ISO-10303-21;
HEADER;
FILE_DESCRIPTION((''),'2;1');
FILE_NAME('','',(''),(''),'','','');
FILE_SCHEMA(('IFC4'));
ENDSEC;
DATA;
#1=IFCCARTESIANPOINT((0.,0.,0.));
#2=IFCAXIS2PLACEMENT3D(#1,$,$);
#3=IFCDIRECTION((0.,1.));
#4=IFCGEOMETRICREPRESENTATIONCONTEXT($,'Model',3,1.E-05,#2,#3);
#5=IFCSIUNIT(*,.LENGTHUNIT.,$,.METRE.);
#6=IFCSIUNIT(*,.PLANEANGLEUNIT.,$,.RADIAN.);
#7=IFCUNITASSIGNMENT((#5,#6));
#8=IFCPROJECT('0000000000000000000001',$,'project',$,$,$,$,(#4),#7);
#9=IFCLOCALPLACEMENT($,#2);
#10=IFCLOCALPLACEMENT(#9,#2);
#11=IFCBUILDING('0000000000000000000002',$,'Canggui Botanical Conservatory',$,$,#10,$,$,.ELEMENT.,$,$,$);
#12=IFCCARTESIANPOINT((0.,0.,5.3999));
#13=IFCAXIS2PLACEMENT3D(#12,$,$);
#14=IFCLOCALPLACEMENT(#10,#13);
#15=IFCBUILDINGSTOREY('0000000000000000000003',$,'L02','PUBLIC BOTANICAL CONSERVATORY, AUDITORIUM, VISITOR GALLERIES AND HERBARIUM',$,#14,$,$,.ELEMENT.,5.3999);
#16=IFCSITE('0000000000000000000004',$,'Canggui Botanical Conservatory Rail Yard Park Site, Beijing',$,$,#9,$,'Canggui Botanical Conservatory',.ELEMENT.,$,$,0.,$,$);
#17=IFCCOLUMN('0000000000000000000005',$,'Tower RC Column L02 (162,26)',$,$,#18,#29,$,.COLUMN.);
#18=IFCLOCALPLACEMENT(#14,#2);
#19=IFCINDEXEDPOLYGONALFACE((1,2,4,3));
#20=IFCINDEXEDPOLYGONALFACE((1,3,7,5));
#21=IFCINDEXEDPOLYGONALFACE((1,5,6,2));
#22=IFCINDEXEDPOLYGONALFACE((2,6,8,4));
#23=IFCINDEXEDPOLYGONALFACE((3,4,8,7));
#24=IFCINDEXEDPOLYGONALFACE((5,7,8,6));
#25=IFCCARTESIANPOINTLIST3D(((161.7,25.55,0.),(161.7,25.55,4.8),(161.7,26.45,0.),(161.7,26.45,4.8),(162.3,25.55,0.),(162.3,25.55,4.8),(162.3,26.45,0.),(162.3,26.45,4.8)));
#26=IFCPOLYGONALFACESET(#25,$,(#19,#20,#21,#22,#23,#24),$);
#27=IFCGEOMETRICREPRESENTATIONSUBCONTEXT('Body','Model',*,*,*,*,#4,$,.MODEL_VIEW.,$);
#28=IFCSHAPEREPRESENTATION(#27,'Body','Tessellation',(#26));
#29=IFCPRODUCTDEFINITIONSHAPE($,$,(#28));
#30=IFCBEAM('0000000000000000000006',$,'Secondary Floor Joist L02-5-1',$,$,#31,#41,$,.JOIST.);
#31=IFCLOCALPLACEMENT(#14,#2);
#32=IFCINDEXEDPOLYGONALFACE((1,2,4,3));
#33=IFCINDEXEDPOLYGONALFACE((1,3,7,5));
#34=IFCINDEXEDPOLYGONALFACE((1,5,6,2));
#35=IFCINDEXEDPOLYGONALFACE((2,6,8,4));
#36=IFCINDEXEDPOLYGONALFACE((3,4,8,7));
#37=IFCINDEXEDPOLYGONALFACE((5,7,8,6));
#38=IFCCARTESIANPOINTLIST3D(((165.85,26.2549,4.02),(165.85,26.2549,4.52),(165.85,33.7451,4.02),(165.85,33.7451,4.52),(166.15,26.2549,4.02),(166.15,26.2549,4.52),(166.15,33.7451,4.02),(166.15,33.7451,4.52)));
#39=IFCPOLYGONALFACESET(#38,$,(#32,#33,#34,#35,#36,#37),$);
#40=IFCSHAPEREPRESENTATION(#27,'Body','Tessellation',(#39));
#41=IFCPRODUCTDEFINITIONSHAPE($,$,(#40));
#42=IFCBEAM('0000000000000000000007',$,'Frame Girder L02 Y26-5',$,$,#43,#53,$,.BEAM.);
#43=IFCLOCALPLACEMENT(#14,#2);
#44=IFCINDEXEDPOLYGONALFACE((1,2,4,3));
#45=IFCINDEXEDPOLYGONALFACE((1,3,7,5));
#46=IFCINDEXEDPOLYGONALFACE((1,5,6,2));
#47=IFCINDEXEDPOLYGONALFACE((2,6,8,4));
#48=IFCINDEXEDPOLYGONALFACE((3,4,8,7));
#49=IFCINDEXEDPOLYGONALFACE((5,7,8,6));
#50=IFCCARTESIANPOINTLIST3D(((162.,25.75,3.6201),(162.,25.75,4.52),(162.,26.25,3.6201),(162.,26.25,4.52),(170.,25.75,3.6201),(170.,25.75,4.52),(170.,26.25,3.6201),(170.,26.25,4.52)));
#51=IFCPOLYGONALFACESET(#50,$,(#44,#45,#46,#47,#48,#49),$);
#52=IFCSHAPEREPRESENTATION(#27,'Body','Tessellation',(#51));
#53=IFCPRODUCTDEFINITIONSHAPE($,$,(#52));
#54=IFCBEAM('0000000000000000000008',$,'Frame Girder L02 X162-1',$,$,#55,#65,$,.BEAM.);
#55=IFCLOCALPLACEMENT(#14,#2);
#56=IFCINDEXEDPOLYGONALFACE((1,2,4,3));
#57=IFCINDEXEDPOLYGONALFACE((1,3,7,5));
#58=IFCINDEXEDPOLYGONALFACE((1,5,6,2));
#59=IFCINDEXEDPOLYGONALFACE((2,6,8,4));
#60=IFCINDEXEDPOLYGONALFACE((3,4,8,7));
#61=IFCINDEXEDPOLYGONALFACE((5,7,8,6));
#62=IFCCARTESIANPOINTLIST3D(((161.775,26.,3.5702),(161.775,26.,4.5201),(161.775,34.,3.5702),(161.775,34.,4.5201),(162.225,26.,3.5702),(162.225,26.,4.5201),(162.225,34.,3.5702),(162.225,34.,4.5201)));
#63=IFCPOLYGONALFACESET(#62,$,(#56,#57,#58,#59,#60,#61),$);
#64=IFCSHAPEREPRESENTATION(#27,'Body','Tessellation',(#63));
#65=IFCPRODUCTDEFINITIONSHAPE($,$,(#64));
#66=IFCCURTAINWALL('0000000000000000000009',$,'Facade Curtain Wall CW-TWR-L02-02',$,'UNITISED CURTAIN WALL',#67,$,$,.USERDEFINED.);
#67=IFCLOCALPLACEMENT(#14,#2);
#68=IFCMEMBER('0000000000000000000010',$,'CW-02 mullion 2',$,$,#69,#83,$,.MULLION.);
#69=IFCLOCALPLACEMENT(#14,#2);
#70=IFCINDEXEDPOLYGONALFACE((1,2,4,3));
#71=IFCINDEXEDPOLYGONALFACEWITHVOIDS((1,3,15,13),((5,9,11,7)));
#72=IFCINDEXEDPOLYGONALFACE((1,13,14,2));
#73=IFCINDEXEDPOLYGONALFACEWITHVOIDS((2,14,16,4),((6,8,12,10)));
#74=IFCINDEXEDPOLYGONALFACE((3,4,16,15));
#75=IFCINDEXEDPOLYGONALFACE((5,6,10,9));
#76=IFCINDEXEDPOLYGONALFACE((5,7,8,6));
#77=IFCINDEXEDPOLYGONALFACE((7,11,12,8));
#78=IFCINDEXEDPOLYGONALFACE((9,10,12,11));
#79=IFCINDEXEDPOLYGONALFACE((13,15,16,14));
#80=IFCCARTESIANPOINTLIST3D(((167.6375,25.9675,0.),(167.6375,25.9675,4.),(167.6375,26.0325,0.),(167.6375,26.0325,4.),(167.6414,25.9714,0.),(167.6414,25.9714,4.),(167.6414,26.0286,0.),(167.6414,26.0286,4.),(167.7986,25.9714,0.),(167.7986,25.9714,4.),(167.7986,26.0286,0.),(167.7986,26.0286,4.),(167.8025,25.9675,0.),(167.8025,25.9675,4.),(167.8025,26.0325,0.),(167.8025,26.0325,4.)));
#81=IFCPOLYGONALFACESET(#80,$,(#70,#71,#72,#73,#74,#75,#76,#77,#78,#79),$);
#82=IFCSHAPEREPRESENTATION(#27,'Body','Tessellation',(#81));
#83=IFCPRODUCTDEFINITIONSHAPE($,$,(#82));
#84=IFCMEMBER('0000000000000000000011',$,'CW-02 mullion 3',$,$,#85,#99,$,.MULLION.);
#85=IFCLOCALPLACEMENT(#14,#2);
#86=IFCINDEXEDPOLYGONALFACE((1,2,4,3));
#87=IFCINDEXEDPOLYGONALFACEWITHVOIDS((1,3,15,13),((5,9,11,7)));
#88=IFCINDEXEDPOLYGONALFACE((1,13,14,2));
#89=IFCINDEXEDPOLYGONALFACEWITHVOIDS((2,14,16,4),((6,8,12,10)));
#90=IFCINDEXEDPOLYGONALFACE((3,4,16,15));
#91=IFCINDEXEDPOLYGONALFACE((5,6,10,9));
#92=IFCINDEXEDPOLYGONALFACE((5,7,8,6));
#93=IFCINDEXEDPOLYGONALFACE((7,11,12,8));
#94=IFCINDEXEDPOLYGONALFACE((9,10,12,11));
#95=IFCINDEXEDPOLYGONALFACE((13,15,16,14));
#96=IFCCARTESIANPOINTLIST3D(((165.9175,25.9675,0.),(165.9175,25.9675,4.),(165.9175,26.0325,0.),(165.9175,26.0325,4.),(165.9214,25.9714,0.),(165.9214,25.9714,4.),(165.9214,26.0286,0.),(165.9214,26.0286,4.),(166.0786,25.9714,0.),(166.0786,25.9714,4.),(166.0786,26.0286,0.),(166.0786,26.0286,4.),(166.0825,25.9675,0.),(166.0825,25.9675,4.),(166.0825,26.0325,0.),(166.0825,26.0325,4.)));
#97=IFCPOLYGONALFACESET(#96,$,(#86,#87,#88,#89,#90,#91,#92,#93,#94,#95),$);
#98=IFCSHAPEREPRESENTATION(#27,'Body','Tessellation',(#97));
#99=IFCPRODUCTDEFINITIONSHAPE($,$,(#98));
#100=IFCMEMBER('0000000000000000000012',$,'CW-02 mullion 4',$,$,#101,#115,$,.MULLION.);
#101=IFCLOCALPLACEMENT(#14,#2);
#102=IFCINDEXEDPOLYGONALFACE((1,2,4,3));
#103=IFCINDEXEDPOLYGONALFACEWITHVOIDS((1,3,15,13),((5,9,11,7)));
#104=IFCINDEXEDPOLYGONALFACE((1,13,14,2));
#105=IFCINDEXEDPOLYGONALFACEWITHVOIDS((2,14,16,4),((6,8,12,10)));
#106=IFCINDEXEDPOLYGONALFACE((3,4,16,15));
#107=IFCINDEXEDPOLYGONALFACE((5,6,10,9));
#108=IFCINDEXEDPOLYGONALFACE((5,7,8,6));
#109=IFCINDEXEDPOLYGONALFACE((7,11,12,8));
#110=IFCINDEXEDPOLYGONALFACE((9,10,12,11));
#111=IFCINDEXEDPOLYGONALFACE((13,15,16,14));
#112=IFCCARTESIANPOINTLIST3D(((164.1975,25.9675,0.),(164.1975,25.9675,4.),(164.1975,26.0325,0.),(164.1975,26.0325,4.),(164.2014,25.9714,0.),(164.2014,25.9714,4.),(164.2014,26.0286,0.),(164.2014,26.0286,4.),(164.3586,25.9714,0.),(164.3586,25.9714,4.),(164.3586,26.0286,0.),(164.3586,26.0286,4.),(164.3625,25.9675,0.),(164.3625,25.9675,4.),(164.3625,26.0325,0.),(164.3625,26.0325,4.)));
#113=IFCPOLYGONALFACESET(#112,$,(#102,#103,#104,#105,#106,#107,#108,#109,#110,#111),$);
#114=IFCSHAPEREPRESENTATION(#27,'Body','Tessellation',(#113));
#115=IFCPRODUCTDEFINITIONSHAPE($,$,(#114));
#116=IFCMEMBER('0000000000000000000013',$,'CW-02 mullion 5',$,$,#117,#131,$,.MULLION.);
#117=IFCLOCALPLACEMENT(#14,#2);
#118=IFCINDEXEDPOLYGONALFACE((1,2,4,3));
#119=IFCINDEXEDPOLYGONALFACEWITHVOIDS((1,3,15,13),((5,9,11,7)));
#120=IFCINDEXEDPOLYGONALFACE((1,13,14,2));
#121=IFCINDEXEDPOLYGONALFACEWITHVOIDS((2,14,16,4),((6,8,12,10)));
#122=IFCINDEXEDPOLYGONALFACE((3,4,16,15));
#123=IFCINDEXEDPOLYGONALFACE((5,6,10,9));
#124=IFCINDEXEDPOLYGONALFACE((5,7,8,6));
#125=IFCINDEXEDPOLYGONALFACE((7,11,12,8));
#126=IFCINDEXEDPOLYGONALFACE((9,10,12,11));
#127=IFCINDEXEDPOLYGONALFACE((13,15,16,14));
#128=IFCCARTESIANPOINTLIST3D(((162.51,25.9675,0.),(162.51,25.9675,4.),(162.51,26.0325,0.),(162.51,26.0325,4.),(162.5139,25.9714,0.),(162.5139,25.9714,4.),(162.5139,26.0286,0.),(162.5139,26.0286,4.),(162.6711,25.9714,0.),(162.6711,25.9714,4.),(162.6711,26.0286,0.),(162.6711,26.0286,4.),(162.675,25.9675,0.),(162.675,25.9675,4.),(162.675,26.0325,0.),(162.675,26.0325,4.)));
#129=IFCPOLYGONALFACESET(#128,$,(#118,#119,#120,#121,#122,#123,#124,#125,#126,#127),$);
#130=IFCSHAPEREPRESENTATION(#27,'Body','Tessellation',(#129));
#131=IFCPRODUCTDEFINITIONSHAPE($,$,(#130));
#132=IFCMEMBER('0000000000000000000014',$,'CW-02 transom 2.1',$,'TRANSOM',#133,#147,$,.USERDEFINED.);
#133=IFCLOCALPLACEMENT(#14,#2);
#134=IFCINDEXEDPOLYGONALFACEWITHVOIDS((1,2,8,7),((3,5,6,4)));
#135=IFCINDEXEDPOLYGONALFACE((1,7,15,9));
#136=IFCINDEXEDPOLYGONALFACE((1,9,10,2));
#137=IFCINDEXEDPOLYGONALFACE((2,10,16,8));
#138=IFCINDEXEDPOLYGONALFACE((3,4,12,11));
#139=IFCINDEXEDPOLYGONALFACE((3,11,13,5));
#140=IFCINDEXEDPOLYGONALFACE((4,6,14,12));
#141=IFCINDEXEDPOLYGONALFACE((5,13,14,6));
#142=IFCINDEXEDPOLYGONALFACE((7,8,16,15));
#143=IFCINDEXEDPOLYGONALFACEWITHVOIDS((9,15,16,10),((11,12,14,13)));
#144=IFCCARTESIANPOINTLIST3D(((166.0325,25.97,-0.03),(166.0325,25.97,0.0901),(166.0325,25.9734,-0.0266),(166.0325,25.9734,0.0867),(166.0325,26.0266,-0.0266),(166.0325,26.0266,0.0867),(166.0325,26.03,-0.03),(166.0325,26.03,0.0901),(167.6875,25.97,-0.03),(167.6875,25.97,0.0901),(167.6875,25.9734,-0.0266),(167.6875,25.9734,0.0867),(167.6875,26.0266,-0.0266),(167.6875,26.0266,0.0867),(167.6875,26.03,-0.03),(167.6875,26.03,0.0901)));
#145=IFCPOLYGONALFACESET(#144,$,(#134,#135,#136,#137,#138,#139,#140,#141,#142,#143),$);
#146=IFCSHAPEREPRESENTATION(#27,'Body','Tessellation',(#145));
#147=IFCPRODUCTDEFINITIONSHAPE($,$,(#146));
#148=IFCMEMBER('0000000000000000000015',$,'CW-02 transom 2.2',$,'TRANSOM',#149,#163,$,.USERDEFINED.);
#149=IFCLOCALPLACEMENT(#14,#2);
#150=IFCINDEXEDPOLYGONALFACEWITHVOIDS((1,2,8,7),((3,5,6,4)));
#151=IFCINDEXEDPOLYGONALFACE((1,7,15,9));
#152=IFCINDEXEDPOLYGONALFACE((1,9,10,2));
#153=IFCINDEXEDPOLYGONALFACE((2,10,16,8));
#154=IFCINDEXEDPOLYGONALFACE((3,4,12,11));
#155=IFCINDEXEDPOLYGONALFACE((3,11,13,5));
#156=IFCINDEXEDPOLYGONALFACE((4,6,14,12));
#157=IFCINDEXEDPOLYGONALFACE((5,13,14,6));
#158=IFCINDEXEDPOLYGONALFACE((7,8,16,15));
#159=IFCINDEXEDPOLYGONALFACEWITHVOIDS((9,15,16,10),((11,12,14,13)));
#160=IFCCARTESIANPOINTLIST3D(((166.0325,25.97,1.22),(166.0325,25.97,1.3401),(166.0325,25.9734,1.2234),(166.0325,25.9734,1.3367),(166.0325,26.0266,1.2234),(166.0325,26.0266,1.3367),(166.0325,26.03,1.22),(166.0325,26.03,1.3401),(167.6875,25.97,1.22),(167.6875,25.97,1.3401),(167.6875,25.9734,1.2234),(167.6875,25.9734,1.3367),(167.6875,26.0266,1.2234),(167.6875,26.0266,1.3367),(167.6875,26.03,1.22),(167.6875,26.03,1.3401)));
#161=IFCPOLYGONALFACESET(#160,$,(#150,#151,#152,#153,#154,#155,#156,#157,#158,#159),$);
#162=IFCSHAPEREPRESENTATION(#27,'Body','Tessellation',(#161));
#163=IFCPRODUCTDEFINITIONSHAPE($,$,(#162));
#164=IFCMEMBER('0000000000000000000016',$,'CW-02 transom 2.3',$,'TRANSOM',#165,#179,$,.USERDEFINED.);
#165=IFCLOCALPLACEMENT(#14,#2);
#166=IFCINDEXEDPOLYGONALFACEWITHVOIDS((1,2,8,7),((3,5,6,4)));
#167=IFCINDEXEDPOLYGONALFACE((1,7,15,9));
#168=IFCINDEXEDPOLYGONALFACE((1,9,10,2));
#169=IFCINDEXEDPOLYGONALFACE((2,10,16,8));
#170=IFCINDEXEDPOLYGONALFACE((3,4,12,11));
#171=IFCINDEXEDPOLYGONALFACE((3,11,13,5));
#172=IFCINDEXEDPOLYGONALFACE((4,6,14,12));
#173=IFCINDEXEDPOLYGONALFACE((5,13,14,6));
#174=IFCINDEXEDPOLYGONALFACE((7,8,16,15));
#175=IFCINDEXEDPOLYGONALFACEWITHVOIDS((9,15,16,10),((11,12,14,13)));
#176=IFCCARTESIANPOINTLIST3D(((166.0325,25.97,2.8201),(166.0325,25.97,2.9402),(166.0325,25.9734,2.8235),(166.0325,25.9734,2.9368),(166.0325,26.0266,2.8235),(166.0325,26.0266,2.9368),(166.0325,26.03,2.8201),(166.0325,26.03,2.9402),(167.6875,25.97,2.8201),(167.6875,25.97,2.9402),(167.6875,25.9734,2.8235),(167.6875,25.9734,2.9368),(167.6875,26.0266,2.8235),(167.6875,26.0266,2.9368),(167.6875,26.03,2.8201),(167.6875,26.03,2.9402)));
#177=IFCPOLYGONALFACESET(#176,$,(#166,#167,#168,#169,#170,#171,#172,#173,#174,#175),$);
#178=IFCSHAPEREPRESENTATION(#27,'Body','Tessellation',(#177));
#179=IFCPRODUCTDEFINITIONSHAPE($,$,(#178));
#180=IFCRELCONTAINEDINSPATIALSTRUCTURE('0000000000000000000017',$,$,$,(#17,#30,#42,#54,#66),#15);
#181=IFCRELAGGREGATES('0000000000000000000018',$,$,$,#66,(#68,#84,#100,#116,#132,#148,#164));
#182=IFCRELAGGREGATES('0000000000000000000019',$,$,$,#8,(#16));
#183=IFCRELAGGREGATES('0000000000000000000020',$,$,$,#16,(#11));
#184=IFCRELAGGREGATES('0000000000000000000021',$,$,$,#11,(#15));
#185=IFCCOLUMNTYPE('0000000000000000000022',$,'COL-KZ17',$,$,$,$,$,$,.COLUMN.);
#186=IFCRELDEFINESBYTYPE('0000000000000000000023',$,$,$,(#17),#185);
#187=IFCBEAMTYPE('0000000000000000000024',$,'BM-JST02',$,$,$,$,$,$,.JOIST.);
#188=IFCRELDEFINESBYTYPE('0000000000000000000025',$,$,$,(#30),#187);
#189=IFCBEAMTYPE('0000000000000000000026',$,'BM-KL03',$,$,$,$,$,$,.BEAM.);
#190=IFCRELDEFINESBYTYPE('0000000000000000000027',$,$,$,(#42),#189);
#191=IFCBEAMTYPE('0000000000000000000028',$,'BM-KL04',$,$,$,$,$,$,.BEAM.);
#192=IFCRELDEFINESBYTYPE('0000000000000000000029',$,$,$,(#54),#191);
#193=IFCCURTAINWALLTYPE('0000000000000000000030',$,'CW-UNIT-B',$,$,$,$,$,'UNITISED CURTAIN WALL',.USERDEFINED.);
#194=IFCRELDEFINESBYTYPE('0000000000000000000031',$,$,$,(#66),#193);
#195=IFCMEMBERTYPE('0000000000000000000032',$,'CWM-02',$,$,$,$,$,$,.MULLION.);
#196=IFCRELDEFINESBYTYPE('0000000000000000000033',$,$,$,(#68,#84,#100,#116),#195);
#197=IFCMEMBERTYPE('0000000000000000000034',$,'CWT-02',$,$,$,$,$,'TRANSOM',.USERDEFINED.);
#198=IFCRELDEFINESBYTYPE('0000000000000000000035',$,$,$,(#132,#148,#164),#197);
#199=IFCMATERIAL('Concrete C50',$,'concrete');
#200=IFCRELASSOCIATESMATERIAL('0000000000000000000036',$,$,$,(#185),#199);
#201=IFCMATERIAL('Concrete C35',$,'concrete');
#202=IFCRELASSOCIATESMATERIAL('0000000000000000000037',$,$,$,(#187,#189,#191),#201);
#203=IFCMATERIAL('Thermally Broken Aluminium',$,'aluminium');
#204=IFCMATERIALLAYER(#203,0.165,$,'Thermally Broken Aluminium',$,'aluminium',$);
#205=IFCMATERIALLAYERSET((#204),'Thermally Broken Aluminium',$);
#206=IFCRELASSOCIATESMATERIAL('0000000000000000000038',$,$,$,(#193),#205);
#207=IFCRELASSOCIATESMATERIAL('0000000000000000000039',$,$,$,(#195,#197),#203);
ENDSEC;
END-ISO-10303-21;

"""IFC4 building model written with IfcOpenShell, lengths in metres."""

from ifc_helpers import new_model, si_unit, direction, frame, origin, origin_2d, place, context, subcontext, project, spatial, rectangle, hollow_rectangle, extrude, material, layer, layer_set, material_profile, profile_set, type_object, element, aggregate, save


model = new_model("IFC4")

# Units and contexts
model_context = context("Model", 3, precision=1e-05, world=origin(), true_north=direction((0.0, 1.0)))
body_context = subcontext(model_context, "Body", "Model", "MODEL_VIEW")
ifc_project = project(units=[si_unit("LENGTHUNIT", "METRE"), si_unit("PLANEANGLEUNIT", "RADIAN")], contexts=[model_context])

# Site, building, storey
site_placement = place(None, origin())
site = spatial("IfcSite", under=ifc_project, at=site_placement, Name="Canggui Botanical Conservatory Rail Yard Park Site, Beijing", LongName="Canggui Botanical Conservatory", CompositionType="ELEMENT", RefElevation=0.0)
building_placement = place(site_placement, origin())
building = spatial("IfcBuilding", under=site, at=building_placement, Name="Canggui Botanical Conservatory", CompositionType="ELEMENT")
storey_placement = place(building_placement, frame((0.0, 0.0, 5.3999)))
storey = spatial("IfcBuildingStorey", under=building, at=storey_placement, Name="L02", Description="PUBLIC BOTANICAL CONSERVATORY, AUDITORIUM, VISITOR GALLERIES AND HERBARIUM", CompositionType="ELEMENT", Elevation=5.3999)

# Column
ifc_material_1 = material(Name="Concrete C50", Category="concrete")
ifc_material_profile_1 = material_profile(ifc_material_1, rectangle(XDim=0.6001, YDim=0.8999, at=origin_2d()), Name="RC 600x900")
ifc_profile_set_1 = profile_set([ifc_material_profile_1], Name="Concrete C50")
column_type = type_object("IfcColumnType", Name="COL-KZ17", PredefinedType="COLUMN", material=ifc_profile_set_1)
column_placement = place(storey_placement, frame((162.0, 26.0, 0.0), z_axis=(0.0, 0.0, 1.0), x_axis=(1.0, 0.0, 0.0)))
element("IfcColumn", 1, at=column_placement, inside=storey, type_object=column_type, Name="Tower RC Column L02 (162,26)", PredefinedType="COLUMN", context=body_context, shape_type="SweptSolid", body=[
    extrude(rectangle(XDim=0.6001, YDim=0.8999, at=origin_2d()), origin(), (0.0, 0.0, 1.0), 4.8),
])

# Beams
ifc_material_2 = material(Name="Concrete C35", Category="concrete")
ifc_material_profile_2 = material_profile(ifc_material_2, rectangle(XDim=0.3, YDim=0.5, at=origin_2d()), Name="RB 300x500")
ifc_profile_set_2 = profile_set([ifc_material_profile_2], Name="Concrete C35")
beam_type_1 = type_object("IfcBeamType", Name="BM-JST02", PredefinedType="JOIST", material=ifc_profile_set_2)
beam_1_placement = place(storey_placement, frame((166.0, 26.2549, 4.27), z_axis=(0.0, 1.0, 0.0), x_axis=(-1.0, 0.0, 0.0)))
element("IfcBeam", 2, at=beam_1_placement, inside=storey, type_object=beam_type_1, Name="Secondary Floor Joist L02-5-1", PredefinedType="JOIST", context=body_context, shape_type="SweptSolid", body=[
    extrude(rectangle(XDim=0.3, YDim=0.5, at=origin_2d()), origin(), (0.0, 0.0, 1.0), 7.4902),
])
ifc_material_profile_3 = material_profile(ifc_material_2, rectangle(XDim=0.5, YDim=0.8999, at=origin_2d()), Name="RB 500x900")
ifc_profile_set_3 = profile_set([ifc_material_profile_3], Name="Concrete C35")
beam_type_2 = type_object("IfcBeamType", Name="BM-KL03", PredefinedType="BEAM", material=ifc_profile_set_3)
beam_2_placement = place(storey_placement, frame((162.0, 26.0, 4.0701), z_axis=(1.0, 0.0, 0.0), x_axis=(0.0, 1.0, 0.0)))
element("IfcBeam", 3, at=beam_2_placement, inside=storey, type_object=beam_type_2, Name="Frame Girder L02 Y26-5", PredefinedType="BEAM", context=body_context, shape_type="SweptSolid", body=[
    extrude(rectangle(XDim=0.5, YDim=0.8999, at=origin_2d()), origin(), (0.0, 0.0, 1.0), 8.0),
])
ifc_material_profile_4 = material_profile(ifc_material_2, rectangle(XDim=0.45, YDim=0.95, at=origin_2d()), Name="RB 450x950")
ifc_profile_set_4 = profile_set([ifc_material_profile_4], Name="Concrete C35")
beam_type_3 = type_object("IfcBeamType", Name="BM-KL04", PredefinedType="BEAM", material=ifc_profile_set_4)
beam_3_placement = place(storey_placement, frame((162.0, 26.0, 4.0452), z_axis=(0.0, 1.0, 0.0), x_axis=(-1.0, 0.0, 0.0)))
element("IfcBeam", 4, at=beam_3_placement, inside=storey, type_object=beam_type_3, Name="Frame Girder L02 X162-1", PredefinedType="BEAM", context=body_context, shape_type="SweptSolid", body=[
    extrude(rectangle(XDim=0.45, YDim=0.95, at=origin_2d()), origin(), (0.0, 0.0, 1.0), 8.0),
])

# Curtain wall, members
ifc_material_3 = material(Name="Thermally Broken Aluminium", Category="aluminium")
ifc_layer_1 = layer(ifc_material_3, 0.165, Name="Thermally Broken Aluminium", Category="aluminium")
ifc_layer_set_1 = layer_set([ifc_layer_1], Name="Thermally Broken Aluminium")
curtain_wall_type = type_object("IfcCurtainWallType", Name="CW-UNIT-B", ElementType="UNITISED CURTAIN WALL", PredefinedType="USERDEFINED", material=ifc_layer_set_1)
curtain_wall_placement = place(storey_placement, origin())
curtain_wall = element("IfcCurtainWall", 5, at=curtain_wall_placement, inside=storey, type_object=curtain_wall_type, Name="Facade Curtain Wall CW-TWR-L02-02", ObjectType="UNITISED CURTAIN WALL", PredefinedType="USERDEFINED")
ifc_material_profile_5 = material_profile(ifc_material_3, hollow_rectangle(XDim=0.0649, YDim=0.165, WallThickness=0.0039, at=origin_2d()), Name="CWM 65x165x4")
ifc_profile_set_5 = profile_set([ifc_material_profile_5], Name="Thermally Broken Aluminium")
member_type_1 = type_object("IfcMemberType", Name="CWM-02", PredefinedType="MULLION", material=ifc_profile_set_5)
member_1_placement = place(storey_placement, frame((167.72, 26.0, 0.0), z_axis=(0.0, 0.0, 1.0), x_axis=(0.0, -1.0, 0.0)))
member_1 = element("IfcMember", 6, at=member_1_placement, type_object=member_type_1, Name="CW-02 mullion 2", PredefinedType="MULLION", context=body_context, shape_type="SweptSolid", body=[
    extrude(hollow_rectangle(XDim=0.0649, YDim=0.165, WallThickness=0.0039, at=origin_2d()), origin(), (0.0, 0.0, 1.0), 4.0),
])
member_2_placement = place(storey_placement, frame((166.0, 26.0, 0.0), z_axis=(0.0, 0.0, 1.0), x_axis=(0.0, -1.0, 0.0)))
member_2 = element("IfcMember", 7, at=member_2_placement, type_object=member_type_1, Name="CW-02 mullion 3", PredefinedType="MULLION", context=body_context, shape_type="SweptSolid", body=[
    extrude(hollow_rectangle(XDim=0.0649, YDim=0.165, WallThickness=0.0039, at=origin_2d()), origin(), (0.0, 0.0, 1.0), 4.0),
])
member_3_placement = place(storey_placement, frame((164.28, 26.0, 0.0), z_axis=(0.0, 0.0, 1.0), x_axis=(0.0, -1.0, 0.0)))
member_3 = element("IfcMember", 8, at=member_3_placement, type_object=member_type_1, Name="CW-02 mullion 4", PredefinedType="MULLION", context=body_context, shape_type="SweptSolid", body=[
    extrude(hollow_rectangle(XDim=0.0649, YDim=0.165, WallThickness=0.0039, at=origin_2d()), origin(), (0.0, 0.0, 1.0), 4.0),
])
member_4_placement = place(storey_placement, frame((162.5925, 26.0, 0.0), z_axis=(0.0, 0.0, 1.0), x_axis=(0.0, -1.0, 0.0)))
member_4 = element("IfcMember", 9, at=member_4_placement, type_object=member_type_1, Name="CW-02 mullion 5", PredefinedType="MULLION", context=body_context, shape_type="SweptSolid", body=[
    extrude(hollow_rectangle(XDim=0.0649, YDim=0.165, WallThickness=0.0039, at=origin_2d()), origin(), (0.0, 0.0, 1.0), 4.0),
])
ifc_material_profile_6 = material_profile(ifc_material_3, hollow_rectangle(XDim=0.0601, YDim=0.1201, WallThickness=0.0034, at=origin_2d()), Name="CWT 60x120x3.5")
ifc_profile_set_6 = profile_set([ifc_material_profile_6], Name="Thermally Broken Aluminium")
member_type_2 = type_object("IfcMemberType", Name="CWT-02", ElementType="TRANSOM", PredefinedType="USERDEFINED", material=ifc_profile_set_6)
member_5_placement = place(storey_placement, frame((167.6875, 26.0, 0.03), z_axis=(-1.0, 0.0, 0.0), x_axis=(0.0, -1.0, 0.0)))
member_5 = element("IfcMember", 10, at=member_5_placement, type_object=member_type_2, Name="CW-02 transom 2.1", ObjectType="TRANSOM", PredefinedType="USERDEFINED", context=body_context, shape_type="SweptSolid", body=[
    extrude(hollow_rectangle(XDim=0.0601, YDim=0.1201, WallThickness=0.0034, at=origin_2d()), origin(), (0.0, 0.0, 1.0), 1.655),
])
member_6_placement = place(storey_placement, frame((167.6875, 26.0, 1.28), z_axis=(-1.0, 0.0, 0.0), x_axis=(0.0, -1.0, 0.0)))
member_6 = element("IfcMember", 11, at=member_6_placement, type_object=member_type_2, Name="CW-02 transom 2.2", ObjectType="TRANSOM", PredefinedType="USERDEFINED", context=body_context, shape_type="SweptSolid", body=[
    extrude(hollow_rectangle(XDim=0.0601, YDim=0.1201, WallThickness=0.0034, at=origin_2d()), origin(), (0.0, 0.0, 1.0), 1.655),
])
member_7_placement = place(storey_placement, frame((167.6875, 26.0, 2.8801), z_axis=(-1.0, 0.0, 0.0), x_axis=(0.0, -1.0, 0.0)))
member_7 = element("IfcMember", 12, at=member_7_placement, type_object=member_type_2, Name="CW-02 transom 2.3", ObjectType="TRANSOM", PredefinedType="USERDEFINED", context=body_context, shape_type="SweptSolid", body=[
    extrude(hollow_rectangle(XDim=0.0601, YDim=0.1201, WallThickness=0.0034, at=origin_2d()), origin(), (0.0, 0.0, 1.0), 1.655),
])
aggregate(curtain_wall, [member_1, member_2, member_3, member_4, member_5, member_6, member_7])

save(model, "model.ifc")
